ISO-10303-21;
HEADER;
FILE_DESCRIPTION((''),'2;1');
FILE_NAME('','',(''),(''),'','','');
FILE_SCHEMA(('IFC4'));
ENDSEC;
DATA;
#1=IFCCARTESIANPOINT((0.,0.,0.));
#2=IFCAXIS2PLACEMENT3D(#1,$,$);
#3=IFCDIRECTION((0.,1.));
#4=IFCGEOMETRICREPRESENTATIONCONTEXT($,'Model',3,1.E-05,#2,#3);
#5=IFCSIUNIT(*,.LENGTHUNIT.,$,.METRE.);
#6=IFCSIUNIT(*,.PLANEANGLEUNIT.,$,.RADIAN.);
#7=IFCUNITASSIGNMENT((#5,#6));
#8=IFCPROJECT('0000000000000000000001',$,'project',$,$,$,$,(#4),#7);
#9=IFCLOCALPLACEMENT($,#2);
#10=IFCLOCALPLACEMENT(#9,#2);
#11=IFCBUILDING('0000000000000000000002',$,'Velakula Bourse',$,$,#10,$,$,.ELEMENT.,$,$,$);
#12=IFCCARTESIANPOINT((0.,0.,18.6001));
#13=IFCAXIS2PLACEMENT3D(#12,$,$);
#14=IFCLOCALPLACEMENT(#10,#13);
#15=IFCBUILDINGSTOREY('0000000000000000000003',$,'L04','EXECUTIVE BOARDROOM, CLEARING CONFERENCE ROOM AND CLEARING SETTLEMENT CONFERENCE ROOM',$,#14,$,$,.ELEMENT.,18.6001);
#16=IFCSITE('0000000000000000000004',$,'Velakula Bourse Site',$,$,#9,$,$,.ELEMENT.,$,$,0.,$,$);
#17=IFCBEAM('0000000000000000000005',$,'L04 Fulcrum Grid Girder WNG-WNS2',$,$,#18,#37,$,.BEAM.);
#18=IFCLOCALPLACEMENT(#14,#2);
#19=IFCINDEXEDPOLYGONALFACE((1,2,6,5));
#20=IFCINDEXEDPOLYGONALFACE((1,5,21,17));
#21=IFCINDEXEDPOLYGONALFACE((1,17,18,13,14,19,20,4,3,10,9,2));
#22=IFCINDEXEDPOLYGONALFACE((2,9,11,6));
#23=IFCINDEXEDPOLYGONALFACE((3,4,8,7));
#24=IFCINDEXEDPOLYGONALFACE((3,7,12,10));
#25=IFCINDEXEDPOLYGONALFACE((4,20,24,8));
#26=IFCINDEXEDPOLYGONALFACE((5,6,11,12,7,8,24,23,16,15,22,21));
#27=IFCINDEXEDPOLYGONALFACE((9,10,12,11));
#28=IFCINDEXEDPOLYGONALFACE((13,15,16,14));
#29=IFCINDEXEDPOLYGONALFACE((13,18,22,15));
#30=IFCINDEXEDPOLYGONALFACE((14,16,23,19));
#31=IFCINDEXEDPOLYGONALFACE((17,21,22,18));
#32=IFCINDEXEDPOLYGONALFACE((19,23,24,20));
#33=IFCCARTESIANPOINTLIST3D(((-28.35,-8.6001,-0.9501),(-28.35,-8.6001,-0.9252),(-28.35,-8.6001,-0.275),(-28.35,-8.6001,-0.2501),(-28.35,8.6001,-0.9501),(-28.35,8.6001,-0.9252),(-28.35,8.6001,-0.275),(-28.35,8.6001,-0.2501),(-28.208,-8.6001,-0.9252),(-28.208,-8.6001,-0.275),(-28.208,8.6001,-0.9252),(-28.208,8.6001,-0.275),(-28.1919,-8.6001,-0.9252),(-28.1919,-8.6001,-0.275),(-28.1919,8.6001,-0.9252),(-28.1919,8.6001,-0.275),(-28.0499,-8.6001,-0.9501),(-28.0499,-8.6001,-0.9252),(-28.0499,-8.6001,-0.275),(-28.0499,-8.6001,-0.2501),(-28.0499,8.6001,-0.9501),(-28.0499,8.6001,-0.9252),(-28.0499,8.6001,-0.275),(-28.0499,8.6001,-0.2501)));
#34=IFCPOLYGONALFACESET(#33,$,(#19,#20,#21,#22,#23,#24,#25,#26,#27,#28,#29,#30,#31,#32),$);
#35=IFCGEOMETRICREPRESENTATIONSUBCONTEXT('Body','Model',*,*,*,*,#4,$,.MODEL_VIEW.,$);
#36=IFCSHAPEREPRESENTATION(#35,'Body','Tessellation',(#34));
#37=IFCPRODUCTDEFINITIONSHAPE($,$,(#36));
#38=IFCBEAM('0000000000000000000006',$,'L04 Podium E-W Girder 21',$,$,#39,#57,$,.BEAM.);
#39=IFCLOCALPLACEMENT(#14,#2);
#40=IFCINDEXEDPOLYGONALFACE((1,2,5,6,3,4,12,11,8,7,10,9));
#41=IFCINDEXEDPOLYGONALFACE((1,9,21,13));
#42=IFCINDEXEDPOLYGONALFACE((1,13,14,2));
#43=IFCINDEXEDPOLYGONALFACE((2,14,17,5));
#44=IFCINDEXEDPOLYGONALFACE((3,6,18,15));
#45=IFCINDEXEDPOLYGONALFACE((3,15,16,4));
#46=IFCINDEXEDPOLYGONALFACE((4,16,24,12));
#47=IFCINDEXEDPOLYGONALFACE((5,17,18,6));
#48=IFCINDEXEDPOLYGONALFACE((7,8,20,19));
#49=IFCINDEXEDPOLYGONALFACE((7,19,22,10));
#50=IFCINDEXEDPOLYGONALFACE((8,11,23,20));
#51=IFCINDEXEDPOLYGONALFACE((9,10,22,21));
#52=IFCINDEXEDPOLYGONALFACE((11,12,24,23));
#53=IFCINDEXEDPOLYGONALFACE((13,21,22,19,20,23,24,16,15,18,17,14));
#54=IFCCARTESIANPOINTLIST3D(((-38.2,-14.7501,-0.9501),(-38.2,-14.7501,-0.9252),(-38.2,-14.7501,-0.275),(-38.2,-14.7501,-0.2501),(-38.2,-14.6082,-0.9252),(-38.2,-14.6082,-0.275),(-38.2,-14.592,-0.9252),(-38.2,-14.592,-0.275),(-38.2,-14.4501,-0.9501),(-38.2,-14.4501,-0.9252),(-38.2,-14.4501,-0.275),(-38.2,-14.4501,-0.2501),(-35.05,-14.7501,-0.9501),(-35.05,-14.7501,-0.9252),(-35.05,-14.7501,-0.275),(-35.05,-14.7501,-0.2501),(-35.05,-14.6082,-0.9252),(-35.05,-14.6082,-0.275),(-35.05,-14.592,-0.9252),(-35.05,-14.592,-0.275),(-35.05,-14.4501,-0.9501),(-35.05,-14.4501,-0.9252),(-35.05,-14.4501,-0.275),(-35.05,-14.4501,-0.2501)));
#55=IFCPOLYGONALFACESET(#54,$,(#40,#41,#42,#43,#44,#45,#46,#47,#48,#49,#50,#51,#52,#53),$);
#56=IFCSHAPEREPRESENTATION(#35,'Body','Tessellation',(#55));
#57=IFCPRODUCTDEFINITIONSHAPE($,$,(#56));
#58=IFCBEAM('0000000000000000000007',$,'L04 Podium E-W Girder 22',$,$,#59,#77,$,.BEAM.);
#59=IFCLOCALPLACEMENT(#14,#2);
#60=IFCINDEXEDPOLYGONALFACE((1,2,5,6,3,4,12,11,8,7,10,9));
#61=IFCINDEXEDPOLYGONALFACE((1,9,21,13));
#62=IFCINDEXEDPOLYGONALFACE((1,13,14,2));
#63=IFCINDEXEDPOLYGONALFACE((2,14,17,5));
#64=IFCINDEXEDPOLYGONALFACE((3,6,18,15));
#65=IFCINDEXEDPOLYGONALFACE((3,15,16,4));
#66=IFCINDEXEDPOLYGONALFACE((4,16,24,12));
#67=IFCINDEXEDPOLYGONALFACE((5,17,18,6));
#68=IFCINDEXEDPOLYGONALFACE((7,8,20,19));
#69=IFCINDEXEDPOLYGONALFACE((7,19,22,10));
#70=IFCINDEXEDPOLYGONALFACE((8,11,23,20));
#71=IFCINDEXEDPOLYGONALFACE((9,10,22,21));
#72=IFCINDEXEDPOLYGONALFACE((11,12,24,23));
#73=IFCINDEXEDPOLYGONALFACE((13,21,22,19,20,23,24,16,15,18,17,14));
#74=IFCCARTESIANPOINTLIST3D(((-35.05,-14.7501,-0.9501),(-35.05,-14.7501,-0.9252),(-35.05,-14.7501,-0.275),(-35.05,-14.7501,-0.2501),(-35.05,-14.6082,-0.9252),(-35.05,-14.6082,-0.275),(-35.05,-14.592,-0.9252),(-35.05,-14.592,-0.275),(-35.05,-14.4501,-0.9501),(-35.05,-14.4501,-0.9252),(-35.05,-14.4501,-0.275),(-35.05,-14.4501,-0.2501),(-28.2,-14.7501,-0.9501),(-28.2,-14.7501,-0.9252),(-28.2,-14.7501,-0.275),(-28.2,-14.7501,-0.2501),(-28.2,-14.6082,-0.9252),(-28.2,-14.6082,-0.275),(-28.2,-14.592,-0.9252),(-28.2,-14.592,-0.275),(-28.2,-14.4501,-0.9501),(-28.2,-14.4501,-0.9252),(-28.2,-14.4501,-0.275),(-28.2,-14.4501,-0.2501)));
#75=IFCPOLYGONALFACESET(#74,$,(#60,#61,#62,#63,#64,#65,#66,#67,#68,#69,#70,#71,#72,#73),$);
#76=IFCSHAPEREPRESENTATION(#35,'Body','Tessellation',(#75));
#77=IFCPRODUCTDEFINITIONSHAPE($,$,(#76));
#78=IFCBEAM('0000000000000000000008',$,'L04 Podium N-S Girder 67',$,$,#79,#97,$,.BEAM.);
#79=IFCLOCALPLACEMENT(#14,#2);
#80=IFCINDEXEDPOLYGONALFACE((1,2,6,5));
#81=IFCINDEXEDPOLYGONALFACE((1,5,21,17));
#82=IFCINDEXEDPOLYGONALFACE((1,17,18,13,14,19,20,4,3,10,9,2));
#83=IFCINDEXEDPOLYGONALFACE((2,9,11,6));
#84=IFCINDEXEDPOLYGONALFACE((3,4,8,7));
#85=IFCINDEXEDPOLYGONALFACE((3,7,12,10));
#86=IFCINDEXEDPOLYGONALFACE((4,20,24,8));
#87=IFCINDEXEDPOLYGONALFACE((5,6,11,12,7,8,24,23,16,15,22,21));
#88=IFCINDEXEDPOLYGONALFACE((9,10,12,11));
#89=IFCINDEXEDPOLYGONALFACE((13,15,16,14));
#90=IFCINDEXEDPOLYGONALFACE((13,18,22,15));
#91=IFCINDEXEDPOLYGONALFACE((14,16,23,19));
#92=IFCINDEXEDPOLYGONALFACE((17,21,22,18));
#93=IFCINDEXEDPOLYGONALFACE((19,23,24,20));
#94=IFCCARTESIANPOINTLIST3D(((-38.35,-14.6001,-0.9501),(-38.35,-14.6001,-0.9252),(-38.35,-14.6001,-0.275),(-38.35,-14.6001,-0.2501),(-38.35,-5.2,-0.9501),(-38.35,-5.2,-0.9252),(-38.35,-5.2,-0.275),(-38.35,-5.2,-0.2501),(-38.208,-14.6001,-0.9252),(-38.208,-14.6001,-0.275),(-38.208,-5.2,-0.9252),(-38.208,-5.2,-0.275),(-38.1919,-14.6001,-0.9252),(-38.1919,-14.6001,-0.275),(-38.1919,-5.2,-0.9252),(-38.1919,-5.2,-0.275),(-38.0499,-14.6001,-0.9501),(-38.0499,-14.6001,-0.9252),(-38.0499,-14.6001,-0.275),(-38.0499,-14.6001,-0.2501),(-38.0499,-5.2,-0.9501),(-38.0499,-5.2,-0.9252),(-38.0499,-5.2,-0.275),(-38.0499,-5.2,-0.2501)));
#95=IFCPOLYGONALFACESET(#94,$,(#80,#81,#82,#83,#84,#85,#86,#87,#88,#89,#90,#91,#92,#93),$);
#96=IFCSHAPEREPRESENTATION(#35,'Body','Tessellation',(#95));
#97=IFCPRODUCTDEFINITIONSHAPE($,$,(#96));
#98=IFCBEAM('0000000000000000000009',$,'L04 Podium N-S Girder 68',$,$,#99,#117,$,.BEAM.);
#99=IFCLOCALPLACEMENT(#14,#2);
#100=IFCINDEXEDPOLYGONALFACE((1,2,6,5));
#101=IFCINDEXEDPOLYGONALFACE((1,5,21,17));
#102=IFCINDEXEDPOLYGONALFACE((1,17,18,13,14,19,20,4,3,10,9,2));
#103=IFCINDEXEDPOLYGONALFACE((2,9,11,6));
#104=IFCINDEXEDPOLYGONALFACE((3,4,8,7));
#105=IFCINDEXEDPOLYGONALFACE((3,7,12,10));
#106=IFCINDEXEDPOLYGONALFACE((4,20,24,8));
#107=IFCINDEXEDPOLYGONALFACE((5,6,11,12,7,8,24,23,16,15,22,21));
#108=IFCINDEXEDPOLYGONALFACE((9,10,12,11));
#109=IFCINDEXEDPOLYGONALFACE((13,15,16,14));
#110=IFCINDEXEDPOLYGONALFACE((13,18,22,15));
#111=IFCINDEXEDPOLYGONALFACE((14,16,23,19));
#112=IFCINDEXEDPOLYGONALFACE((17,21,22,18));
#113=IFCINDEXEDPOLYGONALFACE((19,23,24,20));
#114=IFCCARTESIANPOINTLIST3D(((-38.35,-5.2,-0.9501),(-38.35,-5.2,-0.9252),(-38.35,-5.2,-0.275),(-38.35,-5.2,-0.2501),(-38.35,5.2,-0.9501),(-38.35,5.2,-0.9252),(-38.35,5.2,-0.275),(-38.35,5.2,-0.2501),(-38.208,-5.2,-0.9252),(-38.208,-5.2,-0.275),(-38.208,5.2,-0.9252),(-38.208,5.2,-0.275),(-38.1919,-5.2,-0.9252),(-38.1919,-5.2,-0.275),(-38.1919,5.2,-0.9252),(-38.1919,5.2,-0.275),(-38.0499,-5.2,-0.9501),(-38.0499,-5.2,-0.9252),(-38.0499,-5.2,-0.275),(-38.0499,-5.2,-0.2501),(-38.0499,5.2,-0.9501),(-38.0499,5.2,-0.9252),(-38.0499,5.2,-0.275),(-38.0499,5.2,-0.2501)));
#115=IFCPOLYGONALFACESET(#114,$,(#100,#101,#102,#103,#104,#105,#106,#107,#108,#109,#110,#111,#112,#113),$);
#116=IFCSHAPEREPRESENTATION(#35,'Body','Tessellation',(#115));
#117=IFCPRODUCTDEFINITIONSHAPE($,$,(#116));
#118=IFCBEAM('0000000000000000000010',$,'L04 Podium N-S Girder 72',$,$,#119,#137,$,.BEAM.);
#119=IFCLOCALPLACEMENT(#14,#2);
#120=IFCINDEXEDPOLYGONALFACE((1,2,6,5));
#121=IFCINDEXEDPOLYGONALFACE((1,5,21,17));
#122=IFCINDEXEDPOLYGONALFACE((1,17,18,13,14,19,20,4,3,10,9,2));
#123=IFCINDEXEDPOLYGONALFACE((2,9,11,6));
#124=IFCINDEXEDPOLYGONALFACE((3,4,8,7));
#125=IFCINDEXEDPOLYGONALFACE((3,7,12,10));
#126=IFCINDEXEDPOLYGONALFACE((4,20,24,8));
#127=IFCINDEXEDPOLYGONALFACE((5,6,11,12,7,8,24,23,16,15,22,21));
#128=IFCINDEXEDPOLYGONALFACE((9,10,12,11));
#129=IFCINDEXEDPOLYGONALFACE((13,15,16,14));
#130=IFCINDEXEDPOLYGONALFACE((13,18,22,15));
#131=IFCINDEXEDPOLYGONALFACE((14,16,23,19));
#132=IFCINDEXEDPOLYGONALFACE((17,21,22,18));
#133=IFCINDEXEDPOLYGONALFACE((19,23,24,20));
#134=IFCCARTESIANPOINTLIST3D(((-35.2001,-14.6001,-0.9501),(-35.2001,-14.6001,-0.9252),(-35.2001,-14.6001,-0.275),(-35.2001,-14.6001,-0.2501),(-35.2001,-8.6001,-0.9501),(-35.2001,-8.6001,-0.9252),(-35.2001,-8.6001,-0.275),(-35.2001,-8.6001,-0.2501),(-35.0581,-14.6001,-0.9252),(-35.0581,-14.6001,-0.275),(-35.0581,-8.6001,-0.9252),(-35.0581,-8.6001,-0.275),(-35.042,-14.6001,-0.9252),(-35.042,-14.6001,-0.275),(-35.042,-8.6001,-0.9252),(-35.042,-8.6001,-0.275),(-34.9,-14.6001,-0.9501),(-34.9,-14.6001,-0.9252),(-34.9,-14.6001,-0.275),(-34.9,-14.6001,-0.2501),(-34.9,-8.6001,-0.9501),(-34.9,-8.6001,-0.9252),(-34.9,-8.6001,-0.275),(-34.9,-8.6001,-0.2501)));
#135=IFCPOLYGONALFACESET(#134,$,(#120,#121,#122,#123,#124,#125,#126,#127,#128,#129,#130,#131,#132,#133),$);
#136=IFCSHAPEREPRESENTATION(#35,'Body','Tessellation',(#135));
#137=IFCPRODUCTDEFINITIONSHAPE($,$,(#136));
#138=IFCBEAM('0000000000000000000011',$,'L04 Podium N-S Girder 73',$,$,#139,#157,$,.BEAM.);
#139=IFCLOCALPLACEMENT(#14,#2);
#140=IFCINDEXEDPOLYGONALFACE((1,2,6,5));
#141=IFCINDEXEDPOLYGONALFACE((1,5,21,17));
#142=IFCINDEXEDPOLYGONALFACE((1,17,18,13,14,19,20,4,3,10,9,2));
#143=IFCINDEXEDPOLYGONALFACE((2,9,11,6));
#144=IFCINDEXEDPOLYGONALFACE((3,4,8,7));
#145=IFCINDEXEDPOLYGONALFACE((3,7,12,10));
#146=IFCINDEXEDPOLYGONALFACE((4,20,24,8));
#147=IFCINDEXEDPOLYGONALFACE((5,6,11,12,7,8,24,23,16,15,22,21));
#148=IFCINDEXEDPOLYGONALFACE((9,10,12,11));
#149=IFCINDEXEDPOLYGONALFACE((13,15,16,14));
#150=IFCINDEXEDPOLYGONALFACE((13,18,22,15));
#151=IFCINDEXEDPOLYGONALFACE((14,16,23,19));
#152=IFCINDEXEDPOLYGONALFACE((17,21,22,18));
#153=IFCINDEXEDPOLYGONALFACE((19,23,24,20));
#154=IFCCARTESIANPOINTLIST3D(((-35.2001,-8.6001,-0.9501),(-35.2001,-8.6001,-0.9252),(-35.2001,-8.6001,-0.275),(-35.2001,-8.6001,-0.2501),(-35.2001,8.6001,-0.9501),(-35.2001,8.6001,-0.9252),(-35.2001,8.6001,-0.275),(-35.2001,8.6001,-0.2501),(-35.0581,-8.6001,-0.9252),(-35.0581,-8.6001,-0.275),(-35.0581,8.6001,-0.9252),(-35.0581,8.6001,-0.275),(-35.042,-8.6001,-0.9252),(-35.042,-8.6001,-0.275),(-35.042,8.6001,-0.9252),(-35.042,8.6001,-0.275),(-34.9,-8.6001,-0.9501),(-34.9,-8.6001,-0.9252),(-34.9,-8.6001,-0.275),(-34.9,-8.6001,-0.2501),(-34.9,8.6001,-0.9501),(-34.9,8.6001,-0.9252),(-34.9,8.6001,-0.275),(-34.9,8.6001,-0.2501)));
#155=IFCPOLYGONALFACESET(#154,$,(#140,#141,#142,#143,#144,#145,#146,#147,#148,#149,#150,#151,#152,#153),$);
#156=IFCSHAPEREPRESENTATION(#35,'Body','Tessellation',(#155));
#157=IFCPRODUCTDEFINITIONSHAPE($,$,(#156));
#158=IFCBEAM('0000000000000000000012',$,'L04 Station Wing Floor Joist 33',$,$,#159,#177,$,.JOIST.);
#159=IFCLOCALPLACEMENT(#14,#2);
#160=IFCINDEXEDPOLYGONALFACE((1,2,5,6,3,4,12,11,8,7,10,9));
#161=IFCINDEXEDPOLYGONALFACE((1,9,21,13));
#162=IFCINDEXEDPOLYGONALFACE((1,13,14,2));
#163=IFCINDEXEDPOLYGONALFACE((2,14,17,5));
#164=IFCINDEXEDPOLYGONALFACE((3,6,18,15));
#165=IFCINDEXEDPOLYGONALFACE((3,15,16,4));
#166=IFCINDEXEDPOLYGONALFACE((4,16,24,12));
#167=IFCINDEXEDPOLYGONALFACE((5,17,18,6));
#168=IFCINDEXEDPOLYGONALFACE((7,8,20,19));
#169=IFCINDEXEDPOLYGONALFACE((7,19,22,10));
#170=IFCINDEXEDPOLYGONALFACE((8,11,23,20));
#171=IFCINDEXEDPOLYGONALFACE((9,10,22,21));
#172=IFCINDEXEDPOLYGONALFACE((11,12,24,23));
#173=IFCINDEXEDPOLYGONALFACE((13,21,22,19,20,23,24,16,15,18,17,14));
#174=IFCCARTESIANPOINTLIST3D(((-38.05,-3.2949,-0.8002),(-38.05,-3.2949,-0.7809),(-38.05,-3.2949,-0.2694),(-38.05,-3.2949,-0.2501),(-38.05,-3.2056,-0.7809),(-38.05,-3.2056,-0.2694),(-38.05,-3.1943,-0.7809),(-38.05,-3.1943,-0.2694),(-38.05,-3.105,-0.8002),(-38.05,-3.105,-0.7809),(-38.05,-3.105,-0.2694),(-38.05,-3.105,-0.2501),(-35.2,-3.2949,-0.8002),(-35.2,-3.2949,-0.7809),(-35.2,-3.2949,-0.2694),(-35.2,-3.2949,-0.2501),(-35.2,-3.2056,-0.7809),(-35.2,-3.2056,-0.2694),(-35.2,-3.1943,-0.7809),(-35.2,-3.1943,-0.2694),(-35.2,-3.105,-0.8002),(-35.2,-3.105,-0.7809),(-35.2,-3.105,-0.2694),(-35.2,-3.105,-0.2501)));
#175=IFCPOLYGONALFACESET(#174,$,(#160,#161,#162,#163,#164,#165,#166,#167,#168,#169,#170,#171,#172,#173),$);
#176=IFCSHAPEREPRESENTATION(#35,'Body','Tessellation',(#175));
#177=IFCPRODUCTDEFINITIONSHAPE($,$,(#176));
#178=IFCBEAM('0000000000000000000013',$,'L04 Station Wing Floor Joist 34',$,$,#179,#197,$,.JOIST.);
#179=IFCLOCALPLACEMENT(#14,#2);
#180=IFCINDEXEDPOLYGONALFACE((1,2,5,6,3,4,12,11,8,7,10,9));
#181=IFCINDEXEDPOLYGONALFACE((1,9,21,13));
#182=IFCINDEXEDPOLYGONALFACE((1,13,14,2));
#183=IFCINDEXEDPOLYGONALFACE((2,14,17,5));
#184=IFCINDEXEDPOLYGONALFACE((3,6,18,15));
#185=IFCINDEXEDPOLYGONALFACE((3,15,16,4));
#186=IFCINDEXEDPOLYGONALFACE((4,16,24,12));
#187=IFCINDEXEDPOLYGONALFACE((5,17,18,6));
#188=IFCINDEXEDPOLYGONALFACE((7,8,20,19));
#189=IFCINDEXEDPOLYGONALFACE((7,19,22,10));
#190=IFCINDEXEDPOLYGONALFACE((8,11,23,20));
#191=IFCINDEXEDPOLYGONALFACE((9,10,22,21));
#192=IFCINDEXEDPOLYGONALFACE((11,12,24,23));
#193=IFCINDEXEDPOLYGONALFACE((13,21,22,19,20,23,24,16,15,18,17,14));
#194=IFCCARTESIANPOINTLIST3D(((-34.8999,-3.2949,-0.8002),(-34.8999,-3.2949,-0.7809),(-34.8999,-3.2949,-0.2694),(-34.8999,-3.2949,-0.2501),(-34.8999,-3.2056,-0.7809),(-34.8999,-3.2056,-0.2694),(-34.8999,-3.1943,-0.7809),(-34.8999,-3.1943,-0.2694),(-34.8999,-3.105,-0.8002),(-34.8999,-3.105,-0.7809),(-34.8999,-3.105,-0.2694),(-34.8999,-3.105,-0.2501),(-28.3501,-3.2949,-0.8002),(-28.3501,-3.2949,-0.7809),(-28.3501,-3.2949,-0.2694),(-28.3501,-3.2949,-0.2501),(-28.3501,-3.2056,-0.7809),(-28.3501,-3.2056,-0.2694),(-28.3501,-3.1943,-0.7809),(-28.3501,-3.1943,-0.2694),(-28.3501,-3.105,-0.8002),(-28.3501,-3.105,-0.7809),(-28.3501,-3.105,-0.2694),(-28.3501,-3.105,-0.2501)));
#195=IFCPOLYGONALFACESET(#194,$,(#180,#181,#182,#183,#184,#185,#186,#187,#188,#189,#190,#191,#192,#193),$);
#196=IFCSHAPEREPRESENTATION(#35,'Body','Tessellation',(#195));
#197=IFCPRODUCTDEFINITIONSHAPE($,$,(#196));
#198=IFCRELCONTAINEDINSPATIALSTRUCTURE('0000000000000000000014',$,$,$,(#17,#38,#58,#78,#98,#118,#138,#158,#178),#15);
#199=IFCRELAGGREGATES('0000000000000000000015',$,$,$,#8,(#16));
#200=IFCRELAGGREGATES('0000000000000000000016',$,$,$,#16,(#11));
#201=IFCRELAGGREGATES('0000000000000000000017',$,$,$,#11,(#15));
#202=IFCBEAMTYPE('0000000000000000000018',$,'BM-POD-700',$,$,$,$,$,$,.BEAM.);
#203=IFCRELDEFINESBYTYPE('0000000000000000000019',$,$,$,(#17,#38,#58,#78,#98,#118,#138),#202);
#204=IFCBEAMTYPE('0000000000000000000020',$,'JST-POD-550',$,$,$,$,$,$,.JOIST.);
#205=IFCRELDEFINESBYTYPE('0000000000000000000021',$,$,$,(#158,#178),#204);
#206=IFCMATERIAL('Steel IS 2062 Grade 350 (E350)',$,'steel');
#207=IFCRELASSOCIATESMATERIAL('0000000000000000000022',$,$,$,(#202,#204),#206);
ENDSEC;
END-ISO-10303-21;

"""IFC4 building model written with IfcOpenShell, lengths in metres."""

from ifc_helpers import new_model, si_unit, direction, frame, origin, origin_2d, place, context, subcontext, project, spatial, i_section, extrude, material, material_profile, profile_set, type_object, element, save


model = new_model("IFC4")

# Units and contexts
model_context = context("Model", 3, precision=1e-05, world=origin(), true_north=direction((0.0, 1.0)))
body_context = subcontext(model_context, "Body", "Model", "MODEL_VIEW")
ifc_project = project(units=[si_unit("LENGTHUNIT", "METRE"), si_unit("PLANEANGLEUNIT", "RADIAN")], contexts=[model_context])

# Site, building, storey
site_placement = place(None, origin())
site = spatial("IfcSite", under=ifc_project, at=site_placement, Name="Velakula Bourse Site", CompositionType="ELEMENT", RefElevation=0.0)
building_placement = place(site_placement, origin())
building = spatial("IfcBuilding", under=site, at=building_placement, Name="Velakula Bourse", CompositionType="ELEMENT")
storey_placement = place(building_placement, frame((0.0, 0.0, 18.6001)))
storey = spatial("IfcBuildingStorey", under=building, at=storey_placement, Name="L04", Description="EXECUTIVE BOARDROOM, CLEARING CONFERENCE ROOM AND CLEARING SETTLEMENT CONFERENCE ROOM", CompositionType="ELEMENT", Elevation=18.6001)

# Beams
ifc_material_1 = material(Name="Steel IS 2062 Grade 350 (E350)", Category="steel")
ifc_material_profile_1 = material_profile(ifc_material_1, i_section(OverallWidth=0.3, OverallDepth=0.7, WebThickness=0.0161, FlangeThickness=0.0249, at=origin_2d()), Name="Steel IS 2062 Grade 350 (E350)")
ifc_profile_set_1 = profile_set([ifc_material_profile_1], Name="Steel IS 2062 Grade 350 (E350)")
beam_type_1 = type_object("IfcBeamType", Name="BM-POD-700", PredefinedType="BEAM", material=ifc_profile_set_1)
beam_1_placement = place(storey_placement, frame((-28.2, -8.6001, -0.6001), z_axis=(0.0, 1.0, 0.0), x_axis=(-1.0, 0.0, 0.0)))
element("IfcBeam", 1, at=beam_1_placement, inside=storey, type_object=beam_type_1, Name="L04 Fulcrum Grid Girder WNG-WNS2", PredefinedType="BEAM", context=body_context, shape_type="SweptSolid", body=[
    extrude(i_section(OverallWidth=0.3, OverallDepth=0.7, WebThickness=0.0161, FlangeThickness=0.0249, at=origin_2d()), origin(), (0.0, 0.0, 1.0), 17.2002),
])
beam_2_placement = place(storey_placement, frame((-38.2, -14.6001, -0.6001), z_axis=(1.0, 0.0, 0.0), x_axis=(0.0, 1.0, 0.0)))
element("IfcBeam", 2, at=beam_2_placement, inside=storey, type_object=beam_type_1, Name="L04 Podium E-W Girder 21", PredefinedType="BEAM", context=body_context, shape_type="SweptSolid", body=[
    extrude(i_section(OverallWidth=0.3, OverallDepth=0.7, WebThickness=0.0161, FlangeThickness=0.0249, at=origin_2d()), origin(), (0.0, 0.0, 1.0), 3.1499),
])
beam_3_placement = place(storey_placement, frame((-35.05, -14.6001, -0.6001), z_axis=(1.0, 0.0, 0.0), x_axis=(0.0, 1.0, 0.0)))
element("IfcBeam", 3, at=beam_3_placement, inside=storey, type_object=beam_type_1, Name="L04 Podium E-W Girder 22", PredefinedType="BEAM", context=body_context, shape_type="SweptSolid", body=[
    extrude(i_section(OverallWidth=0.3, OverallDepth=0.7, WebThickness=0.0161, FlangeThickness=0.0249, at=origin_2d()), origin(), (0.0, 0.0, 1.0), 6.8501),
])
beam_4_placement = place(storey_placement, frame((-38.2, -14.6001, -0.6001), z_axis=(0.0, 1.0, 0.0), x_axis=(-1.0, 0.0, 0.0)))
element("IfcBeam", 4, at=beam_4_placement, inside=storey, type_object=beam_type_1, Name="L04 Podium N-S Girder 67", PredefinedType="BEAM", context=body_context, shape_type="SweptSolid", body=[
    extrude(i_section(OverallWidth=0.3, OverallDepth=0.7, WebThickness=0.0161, FlangeThickness=0.0249, at=origin_2d()), origin(), (0.0, 0.0, 1.0), 9.4001),
])
beam_5_placement = place(storey_placement, frame((-38.2, -5.2, -0.6001), z_axis=(0.0, 1.0, 0.0), x_axis=(-1.0, 0.0, 0.0)))
element("IfcBeam", 5, at=beam_5_placement, inside=storey, type_object=beam_type_1, Name="L04 Podium N-S Girder 68", PredefinedType="BEAM", context=body_context, shape_type="SweptSolid", body=[
    extrude(i_section(OverallWidth=0.3, OverallDepth=0.7, WebThickness=0.0161, FlangeThickness=0.0249, at=origin_2d()), origin(), (0.0, 0.0, 1.0), 10.3999),
])
beam_6_placement = place(storey_placement, frame((-35.05, -14.6001, -0.6001), z_axis=(0.0, 1.0, 0.0), x_axis=(-1.0, 0.0, 0.0)))
element("IfcBeam", 6, at=beam_6_placement, inside=storey, type_object=beam_type_1, Name="L04 Podium N-S Girder 72", PredefinedType="BEAM", context=body_context, shape_type="SweptSolid", body=[
    extrude(i_section(OverallWidth=0.3, OverallDepth=0.7, WebThickness=0.0161, FlangeThickness=0.0249, at=origin_2d()), origin(), (0.0, 0.0, 1.0), 6.0),
])
beam_7_placement = place(storey_placement, frame((-35.05, -8.6001, -0.6001), z_axis=(0.0, 1.0, 0.0), x_axis=(-1.0, 0.0, 0.0)))
element("IfcBeam", 7, at=beam_7_placement, inside=storey, type_object=beam_type_1, Name="L04 Podium N-S Girder 73", PredefinedType="BEAM", context=body_context, shape_type="SweptSolid", body=[
    extrude(i_section(OverallWidth=0.3, OverallDepth=0.7, WebThickness=0.0161, FlangeThickness=0.0249, at=origin_2d()), origin(), (0.0, 0.0, 1.0), 17.2002),
])
ifc_material_profile_2 = material_profile(ifc_material_1, i_section(OverallWidth=0.1899, OverallDepth=0.55, WebThickness=0.0112, FlangeThickness=0.0193, at=origin_2d()), Name="Steel IS 2062 Grade 350 (E350)")
ifc_profile_set_2 = profile_set([ifc_material_profile_2], Name="Steel IS 2062 Grade 350 (E350)")
beam_type_2 = type_object("IfcBeamType", Name="JST-POD-550", PredefinedType="JOIST", material=ifc_profile_set_2)
beam_8_placement = place(storey_placement, frame((-38.05, -3.2, -0.5251), z_axis=(1.0, 0.0, 0.0), x_axis=(0.0, 1.0, 0.0)))
element("IfcBeam", 8, at=beam_8_placement, inside=storey, type_object=beam_type_2, Name="L04 Station Wing Floor Joist 33", PredefinedType="JOIST", context=body_context, shape_type="SweptSolid", body=[
    extrude(i_section(OverallWidth=0.1899, OverallDepth=0.55, WebThickness=0.0112, FlangeThickness=0.0193, at=origin_2d()), origin(), (0.0, 0.0, 1.0), 2.8501),
])
beam_9_placement = place(storey_placement, frame((-34.8999, -3.2, -0.5251), z_axis=(1.0, 0.0, 0.0), x_axis=(0.0, 1.0, 0.0)))
element("IfcBeam", 9, at=beam_9_placement, inside=storey, type_object=beam_type_2, Name="L04 Station Wing Floor Joist 34", PredefinedType="JOIST", context=body_context, shape_type="SweptSolid", body=[
    extrude(i_section(OverallWidth=0.1899, OverallDepth=0.55, WebThickness=0.0112, FlangeThickness=0.0193, at=origin_2d()), origin(), (0.0, 0.0, 1.0), 6.5498),
])

save(model, "model.ifc")
